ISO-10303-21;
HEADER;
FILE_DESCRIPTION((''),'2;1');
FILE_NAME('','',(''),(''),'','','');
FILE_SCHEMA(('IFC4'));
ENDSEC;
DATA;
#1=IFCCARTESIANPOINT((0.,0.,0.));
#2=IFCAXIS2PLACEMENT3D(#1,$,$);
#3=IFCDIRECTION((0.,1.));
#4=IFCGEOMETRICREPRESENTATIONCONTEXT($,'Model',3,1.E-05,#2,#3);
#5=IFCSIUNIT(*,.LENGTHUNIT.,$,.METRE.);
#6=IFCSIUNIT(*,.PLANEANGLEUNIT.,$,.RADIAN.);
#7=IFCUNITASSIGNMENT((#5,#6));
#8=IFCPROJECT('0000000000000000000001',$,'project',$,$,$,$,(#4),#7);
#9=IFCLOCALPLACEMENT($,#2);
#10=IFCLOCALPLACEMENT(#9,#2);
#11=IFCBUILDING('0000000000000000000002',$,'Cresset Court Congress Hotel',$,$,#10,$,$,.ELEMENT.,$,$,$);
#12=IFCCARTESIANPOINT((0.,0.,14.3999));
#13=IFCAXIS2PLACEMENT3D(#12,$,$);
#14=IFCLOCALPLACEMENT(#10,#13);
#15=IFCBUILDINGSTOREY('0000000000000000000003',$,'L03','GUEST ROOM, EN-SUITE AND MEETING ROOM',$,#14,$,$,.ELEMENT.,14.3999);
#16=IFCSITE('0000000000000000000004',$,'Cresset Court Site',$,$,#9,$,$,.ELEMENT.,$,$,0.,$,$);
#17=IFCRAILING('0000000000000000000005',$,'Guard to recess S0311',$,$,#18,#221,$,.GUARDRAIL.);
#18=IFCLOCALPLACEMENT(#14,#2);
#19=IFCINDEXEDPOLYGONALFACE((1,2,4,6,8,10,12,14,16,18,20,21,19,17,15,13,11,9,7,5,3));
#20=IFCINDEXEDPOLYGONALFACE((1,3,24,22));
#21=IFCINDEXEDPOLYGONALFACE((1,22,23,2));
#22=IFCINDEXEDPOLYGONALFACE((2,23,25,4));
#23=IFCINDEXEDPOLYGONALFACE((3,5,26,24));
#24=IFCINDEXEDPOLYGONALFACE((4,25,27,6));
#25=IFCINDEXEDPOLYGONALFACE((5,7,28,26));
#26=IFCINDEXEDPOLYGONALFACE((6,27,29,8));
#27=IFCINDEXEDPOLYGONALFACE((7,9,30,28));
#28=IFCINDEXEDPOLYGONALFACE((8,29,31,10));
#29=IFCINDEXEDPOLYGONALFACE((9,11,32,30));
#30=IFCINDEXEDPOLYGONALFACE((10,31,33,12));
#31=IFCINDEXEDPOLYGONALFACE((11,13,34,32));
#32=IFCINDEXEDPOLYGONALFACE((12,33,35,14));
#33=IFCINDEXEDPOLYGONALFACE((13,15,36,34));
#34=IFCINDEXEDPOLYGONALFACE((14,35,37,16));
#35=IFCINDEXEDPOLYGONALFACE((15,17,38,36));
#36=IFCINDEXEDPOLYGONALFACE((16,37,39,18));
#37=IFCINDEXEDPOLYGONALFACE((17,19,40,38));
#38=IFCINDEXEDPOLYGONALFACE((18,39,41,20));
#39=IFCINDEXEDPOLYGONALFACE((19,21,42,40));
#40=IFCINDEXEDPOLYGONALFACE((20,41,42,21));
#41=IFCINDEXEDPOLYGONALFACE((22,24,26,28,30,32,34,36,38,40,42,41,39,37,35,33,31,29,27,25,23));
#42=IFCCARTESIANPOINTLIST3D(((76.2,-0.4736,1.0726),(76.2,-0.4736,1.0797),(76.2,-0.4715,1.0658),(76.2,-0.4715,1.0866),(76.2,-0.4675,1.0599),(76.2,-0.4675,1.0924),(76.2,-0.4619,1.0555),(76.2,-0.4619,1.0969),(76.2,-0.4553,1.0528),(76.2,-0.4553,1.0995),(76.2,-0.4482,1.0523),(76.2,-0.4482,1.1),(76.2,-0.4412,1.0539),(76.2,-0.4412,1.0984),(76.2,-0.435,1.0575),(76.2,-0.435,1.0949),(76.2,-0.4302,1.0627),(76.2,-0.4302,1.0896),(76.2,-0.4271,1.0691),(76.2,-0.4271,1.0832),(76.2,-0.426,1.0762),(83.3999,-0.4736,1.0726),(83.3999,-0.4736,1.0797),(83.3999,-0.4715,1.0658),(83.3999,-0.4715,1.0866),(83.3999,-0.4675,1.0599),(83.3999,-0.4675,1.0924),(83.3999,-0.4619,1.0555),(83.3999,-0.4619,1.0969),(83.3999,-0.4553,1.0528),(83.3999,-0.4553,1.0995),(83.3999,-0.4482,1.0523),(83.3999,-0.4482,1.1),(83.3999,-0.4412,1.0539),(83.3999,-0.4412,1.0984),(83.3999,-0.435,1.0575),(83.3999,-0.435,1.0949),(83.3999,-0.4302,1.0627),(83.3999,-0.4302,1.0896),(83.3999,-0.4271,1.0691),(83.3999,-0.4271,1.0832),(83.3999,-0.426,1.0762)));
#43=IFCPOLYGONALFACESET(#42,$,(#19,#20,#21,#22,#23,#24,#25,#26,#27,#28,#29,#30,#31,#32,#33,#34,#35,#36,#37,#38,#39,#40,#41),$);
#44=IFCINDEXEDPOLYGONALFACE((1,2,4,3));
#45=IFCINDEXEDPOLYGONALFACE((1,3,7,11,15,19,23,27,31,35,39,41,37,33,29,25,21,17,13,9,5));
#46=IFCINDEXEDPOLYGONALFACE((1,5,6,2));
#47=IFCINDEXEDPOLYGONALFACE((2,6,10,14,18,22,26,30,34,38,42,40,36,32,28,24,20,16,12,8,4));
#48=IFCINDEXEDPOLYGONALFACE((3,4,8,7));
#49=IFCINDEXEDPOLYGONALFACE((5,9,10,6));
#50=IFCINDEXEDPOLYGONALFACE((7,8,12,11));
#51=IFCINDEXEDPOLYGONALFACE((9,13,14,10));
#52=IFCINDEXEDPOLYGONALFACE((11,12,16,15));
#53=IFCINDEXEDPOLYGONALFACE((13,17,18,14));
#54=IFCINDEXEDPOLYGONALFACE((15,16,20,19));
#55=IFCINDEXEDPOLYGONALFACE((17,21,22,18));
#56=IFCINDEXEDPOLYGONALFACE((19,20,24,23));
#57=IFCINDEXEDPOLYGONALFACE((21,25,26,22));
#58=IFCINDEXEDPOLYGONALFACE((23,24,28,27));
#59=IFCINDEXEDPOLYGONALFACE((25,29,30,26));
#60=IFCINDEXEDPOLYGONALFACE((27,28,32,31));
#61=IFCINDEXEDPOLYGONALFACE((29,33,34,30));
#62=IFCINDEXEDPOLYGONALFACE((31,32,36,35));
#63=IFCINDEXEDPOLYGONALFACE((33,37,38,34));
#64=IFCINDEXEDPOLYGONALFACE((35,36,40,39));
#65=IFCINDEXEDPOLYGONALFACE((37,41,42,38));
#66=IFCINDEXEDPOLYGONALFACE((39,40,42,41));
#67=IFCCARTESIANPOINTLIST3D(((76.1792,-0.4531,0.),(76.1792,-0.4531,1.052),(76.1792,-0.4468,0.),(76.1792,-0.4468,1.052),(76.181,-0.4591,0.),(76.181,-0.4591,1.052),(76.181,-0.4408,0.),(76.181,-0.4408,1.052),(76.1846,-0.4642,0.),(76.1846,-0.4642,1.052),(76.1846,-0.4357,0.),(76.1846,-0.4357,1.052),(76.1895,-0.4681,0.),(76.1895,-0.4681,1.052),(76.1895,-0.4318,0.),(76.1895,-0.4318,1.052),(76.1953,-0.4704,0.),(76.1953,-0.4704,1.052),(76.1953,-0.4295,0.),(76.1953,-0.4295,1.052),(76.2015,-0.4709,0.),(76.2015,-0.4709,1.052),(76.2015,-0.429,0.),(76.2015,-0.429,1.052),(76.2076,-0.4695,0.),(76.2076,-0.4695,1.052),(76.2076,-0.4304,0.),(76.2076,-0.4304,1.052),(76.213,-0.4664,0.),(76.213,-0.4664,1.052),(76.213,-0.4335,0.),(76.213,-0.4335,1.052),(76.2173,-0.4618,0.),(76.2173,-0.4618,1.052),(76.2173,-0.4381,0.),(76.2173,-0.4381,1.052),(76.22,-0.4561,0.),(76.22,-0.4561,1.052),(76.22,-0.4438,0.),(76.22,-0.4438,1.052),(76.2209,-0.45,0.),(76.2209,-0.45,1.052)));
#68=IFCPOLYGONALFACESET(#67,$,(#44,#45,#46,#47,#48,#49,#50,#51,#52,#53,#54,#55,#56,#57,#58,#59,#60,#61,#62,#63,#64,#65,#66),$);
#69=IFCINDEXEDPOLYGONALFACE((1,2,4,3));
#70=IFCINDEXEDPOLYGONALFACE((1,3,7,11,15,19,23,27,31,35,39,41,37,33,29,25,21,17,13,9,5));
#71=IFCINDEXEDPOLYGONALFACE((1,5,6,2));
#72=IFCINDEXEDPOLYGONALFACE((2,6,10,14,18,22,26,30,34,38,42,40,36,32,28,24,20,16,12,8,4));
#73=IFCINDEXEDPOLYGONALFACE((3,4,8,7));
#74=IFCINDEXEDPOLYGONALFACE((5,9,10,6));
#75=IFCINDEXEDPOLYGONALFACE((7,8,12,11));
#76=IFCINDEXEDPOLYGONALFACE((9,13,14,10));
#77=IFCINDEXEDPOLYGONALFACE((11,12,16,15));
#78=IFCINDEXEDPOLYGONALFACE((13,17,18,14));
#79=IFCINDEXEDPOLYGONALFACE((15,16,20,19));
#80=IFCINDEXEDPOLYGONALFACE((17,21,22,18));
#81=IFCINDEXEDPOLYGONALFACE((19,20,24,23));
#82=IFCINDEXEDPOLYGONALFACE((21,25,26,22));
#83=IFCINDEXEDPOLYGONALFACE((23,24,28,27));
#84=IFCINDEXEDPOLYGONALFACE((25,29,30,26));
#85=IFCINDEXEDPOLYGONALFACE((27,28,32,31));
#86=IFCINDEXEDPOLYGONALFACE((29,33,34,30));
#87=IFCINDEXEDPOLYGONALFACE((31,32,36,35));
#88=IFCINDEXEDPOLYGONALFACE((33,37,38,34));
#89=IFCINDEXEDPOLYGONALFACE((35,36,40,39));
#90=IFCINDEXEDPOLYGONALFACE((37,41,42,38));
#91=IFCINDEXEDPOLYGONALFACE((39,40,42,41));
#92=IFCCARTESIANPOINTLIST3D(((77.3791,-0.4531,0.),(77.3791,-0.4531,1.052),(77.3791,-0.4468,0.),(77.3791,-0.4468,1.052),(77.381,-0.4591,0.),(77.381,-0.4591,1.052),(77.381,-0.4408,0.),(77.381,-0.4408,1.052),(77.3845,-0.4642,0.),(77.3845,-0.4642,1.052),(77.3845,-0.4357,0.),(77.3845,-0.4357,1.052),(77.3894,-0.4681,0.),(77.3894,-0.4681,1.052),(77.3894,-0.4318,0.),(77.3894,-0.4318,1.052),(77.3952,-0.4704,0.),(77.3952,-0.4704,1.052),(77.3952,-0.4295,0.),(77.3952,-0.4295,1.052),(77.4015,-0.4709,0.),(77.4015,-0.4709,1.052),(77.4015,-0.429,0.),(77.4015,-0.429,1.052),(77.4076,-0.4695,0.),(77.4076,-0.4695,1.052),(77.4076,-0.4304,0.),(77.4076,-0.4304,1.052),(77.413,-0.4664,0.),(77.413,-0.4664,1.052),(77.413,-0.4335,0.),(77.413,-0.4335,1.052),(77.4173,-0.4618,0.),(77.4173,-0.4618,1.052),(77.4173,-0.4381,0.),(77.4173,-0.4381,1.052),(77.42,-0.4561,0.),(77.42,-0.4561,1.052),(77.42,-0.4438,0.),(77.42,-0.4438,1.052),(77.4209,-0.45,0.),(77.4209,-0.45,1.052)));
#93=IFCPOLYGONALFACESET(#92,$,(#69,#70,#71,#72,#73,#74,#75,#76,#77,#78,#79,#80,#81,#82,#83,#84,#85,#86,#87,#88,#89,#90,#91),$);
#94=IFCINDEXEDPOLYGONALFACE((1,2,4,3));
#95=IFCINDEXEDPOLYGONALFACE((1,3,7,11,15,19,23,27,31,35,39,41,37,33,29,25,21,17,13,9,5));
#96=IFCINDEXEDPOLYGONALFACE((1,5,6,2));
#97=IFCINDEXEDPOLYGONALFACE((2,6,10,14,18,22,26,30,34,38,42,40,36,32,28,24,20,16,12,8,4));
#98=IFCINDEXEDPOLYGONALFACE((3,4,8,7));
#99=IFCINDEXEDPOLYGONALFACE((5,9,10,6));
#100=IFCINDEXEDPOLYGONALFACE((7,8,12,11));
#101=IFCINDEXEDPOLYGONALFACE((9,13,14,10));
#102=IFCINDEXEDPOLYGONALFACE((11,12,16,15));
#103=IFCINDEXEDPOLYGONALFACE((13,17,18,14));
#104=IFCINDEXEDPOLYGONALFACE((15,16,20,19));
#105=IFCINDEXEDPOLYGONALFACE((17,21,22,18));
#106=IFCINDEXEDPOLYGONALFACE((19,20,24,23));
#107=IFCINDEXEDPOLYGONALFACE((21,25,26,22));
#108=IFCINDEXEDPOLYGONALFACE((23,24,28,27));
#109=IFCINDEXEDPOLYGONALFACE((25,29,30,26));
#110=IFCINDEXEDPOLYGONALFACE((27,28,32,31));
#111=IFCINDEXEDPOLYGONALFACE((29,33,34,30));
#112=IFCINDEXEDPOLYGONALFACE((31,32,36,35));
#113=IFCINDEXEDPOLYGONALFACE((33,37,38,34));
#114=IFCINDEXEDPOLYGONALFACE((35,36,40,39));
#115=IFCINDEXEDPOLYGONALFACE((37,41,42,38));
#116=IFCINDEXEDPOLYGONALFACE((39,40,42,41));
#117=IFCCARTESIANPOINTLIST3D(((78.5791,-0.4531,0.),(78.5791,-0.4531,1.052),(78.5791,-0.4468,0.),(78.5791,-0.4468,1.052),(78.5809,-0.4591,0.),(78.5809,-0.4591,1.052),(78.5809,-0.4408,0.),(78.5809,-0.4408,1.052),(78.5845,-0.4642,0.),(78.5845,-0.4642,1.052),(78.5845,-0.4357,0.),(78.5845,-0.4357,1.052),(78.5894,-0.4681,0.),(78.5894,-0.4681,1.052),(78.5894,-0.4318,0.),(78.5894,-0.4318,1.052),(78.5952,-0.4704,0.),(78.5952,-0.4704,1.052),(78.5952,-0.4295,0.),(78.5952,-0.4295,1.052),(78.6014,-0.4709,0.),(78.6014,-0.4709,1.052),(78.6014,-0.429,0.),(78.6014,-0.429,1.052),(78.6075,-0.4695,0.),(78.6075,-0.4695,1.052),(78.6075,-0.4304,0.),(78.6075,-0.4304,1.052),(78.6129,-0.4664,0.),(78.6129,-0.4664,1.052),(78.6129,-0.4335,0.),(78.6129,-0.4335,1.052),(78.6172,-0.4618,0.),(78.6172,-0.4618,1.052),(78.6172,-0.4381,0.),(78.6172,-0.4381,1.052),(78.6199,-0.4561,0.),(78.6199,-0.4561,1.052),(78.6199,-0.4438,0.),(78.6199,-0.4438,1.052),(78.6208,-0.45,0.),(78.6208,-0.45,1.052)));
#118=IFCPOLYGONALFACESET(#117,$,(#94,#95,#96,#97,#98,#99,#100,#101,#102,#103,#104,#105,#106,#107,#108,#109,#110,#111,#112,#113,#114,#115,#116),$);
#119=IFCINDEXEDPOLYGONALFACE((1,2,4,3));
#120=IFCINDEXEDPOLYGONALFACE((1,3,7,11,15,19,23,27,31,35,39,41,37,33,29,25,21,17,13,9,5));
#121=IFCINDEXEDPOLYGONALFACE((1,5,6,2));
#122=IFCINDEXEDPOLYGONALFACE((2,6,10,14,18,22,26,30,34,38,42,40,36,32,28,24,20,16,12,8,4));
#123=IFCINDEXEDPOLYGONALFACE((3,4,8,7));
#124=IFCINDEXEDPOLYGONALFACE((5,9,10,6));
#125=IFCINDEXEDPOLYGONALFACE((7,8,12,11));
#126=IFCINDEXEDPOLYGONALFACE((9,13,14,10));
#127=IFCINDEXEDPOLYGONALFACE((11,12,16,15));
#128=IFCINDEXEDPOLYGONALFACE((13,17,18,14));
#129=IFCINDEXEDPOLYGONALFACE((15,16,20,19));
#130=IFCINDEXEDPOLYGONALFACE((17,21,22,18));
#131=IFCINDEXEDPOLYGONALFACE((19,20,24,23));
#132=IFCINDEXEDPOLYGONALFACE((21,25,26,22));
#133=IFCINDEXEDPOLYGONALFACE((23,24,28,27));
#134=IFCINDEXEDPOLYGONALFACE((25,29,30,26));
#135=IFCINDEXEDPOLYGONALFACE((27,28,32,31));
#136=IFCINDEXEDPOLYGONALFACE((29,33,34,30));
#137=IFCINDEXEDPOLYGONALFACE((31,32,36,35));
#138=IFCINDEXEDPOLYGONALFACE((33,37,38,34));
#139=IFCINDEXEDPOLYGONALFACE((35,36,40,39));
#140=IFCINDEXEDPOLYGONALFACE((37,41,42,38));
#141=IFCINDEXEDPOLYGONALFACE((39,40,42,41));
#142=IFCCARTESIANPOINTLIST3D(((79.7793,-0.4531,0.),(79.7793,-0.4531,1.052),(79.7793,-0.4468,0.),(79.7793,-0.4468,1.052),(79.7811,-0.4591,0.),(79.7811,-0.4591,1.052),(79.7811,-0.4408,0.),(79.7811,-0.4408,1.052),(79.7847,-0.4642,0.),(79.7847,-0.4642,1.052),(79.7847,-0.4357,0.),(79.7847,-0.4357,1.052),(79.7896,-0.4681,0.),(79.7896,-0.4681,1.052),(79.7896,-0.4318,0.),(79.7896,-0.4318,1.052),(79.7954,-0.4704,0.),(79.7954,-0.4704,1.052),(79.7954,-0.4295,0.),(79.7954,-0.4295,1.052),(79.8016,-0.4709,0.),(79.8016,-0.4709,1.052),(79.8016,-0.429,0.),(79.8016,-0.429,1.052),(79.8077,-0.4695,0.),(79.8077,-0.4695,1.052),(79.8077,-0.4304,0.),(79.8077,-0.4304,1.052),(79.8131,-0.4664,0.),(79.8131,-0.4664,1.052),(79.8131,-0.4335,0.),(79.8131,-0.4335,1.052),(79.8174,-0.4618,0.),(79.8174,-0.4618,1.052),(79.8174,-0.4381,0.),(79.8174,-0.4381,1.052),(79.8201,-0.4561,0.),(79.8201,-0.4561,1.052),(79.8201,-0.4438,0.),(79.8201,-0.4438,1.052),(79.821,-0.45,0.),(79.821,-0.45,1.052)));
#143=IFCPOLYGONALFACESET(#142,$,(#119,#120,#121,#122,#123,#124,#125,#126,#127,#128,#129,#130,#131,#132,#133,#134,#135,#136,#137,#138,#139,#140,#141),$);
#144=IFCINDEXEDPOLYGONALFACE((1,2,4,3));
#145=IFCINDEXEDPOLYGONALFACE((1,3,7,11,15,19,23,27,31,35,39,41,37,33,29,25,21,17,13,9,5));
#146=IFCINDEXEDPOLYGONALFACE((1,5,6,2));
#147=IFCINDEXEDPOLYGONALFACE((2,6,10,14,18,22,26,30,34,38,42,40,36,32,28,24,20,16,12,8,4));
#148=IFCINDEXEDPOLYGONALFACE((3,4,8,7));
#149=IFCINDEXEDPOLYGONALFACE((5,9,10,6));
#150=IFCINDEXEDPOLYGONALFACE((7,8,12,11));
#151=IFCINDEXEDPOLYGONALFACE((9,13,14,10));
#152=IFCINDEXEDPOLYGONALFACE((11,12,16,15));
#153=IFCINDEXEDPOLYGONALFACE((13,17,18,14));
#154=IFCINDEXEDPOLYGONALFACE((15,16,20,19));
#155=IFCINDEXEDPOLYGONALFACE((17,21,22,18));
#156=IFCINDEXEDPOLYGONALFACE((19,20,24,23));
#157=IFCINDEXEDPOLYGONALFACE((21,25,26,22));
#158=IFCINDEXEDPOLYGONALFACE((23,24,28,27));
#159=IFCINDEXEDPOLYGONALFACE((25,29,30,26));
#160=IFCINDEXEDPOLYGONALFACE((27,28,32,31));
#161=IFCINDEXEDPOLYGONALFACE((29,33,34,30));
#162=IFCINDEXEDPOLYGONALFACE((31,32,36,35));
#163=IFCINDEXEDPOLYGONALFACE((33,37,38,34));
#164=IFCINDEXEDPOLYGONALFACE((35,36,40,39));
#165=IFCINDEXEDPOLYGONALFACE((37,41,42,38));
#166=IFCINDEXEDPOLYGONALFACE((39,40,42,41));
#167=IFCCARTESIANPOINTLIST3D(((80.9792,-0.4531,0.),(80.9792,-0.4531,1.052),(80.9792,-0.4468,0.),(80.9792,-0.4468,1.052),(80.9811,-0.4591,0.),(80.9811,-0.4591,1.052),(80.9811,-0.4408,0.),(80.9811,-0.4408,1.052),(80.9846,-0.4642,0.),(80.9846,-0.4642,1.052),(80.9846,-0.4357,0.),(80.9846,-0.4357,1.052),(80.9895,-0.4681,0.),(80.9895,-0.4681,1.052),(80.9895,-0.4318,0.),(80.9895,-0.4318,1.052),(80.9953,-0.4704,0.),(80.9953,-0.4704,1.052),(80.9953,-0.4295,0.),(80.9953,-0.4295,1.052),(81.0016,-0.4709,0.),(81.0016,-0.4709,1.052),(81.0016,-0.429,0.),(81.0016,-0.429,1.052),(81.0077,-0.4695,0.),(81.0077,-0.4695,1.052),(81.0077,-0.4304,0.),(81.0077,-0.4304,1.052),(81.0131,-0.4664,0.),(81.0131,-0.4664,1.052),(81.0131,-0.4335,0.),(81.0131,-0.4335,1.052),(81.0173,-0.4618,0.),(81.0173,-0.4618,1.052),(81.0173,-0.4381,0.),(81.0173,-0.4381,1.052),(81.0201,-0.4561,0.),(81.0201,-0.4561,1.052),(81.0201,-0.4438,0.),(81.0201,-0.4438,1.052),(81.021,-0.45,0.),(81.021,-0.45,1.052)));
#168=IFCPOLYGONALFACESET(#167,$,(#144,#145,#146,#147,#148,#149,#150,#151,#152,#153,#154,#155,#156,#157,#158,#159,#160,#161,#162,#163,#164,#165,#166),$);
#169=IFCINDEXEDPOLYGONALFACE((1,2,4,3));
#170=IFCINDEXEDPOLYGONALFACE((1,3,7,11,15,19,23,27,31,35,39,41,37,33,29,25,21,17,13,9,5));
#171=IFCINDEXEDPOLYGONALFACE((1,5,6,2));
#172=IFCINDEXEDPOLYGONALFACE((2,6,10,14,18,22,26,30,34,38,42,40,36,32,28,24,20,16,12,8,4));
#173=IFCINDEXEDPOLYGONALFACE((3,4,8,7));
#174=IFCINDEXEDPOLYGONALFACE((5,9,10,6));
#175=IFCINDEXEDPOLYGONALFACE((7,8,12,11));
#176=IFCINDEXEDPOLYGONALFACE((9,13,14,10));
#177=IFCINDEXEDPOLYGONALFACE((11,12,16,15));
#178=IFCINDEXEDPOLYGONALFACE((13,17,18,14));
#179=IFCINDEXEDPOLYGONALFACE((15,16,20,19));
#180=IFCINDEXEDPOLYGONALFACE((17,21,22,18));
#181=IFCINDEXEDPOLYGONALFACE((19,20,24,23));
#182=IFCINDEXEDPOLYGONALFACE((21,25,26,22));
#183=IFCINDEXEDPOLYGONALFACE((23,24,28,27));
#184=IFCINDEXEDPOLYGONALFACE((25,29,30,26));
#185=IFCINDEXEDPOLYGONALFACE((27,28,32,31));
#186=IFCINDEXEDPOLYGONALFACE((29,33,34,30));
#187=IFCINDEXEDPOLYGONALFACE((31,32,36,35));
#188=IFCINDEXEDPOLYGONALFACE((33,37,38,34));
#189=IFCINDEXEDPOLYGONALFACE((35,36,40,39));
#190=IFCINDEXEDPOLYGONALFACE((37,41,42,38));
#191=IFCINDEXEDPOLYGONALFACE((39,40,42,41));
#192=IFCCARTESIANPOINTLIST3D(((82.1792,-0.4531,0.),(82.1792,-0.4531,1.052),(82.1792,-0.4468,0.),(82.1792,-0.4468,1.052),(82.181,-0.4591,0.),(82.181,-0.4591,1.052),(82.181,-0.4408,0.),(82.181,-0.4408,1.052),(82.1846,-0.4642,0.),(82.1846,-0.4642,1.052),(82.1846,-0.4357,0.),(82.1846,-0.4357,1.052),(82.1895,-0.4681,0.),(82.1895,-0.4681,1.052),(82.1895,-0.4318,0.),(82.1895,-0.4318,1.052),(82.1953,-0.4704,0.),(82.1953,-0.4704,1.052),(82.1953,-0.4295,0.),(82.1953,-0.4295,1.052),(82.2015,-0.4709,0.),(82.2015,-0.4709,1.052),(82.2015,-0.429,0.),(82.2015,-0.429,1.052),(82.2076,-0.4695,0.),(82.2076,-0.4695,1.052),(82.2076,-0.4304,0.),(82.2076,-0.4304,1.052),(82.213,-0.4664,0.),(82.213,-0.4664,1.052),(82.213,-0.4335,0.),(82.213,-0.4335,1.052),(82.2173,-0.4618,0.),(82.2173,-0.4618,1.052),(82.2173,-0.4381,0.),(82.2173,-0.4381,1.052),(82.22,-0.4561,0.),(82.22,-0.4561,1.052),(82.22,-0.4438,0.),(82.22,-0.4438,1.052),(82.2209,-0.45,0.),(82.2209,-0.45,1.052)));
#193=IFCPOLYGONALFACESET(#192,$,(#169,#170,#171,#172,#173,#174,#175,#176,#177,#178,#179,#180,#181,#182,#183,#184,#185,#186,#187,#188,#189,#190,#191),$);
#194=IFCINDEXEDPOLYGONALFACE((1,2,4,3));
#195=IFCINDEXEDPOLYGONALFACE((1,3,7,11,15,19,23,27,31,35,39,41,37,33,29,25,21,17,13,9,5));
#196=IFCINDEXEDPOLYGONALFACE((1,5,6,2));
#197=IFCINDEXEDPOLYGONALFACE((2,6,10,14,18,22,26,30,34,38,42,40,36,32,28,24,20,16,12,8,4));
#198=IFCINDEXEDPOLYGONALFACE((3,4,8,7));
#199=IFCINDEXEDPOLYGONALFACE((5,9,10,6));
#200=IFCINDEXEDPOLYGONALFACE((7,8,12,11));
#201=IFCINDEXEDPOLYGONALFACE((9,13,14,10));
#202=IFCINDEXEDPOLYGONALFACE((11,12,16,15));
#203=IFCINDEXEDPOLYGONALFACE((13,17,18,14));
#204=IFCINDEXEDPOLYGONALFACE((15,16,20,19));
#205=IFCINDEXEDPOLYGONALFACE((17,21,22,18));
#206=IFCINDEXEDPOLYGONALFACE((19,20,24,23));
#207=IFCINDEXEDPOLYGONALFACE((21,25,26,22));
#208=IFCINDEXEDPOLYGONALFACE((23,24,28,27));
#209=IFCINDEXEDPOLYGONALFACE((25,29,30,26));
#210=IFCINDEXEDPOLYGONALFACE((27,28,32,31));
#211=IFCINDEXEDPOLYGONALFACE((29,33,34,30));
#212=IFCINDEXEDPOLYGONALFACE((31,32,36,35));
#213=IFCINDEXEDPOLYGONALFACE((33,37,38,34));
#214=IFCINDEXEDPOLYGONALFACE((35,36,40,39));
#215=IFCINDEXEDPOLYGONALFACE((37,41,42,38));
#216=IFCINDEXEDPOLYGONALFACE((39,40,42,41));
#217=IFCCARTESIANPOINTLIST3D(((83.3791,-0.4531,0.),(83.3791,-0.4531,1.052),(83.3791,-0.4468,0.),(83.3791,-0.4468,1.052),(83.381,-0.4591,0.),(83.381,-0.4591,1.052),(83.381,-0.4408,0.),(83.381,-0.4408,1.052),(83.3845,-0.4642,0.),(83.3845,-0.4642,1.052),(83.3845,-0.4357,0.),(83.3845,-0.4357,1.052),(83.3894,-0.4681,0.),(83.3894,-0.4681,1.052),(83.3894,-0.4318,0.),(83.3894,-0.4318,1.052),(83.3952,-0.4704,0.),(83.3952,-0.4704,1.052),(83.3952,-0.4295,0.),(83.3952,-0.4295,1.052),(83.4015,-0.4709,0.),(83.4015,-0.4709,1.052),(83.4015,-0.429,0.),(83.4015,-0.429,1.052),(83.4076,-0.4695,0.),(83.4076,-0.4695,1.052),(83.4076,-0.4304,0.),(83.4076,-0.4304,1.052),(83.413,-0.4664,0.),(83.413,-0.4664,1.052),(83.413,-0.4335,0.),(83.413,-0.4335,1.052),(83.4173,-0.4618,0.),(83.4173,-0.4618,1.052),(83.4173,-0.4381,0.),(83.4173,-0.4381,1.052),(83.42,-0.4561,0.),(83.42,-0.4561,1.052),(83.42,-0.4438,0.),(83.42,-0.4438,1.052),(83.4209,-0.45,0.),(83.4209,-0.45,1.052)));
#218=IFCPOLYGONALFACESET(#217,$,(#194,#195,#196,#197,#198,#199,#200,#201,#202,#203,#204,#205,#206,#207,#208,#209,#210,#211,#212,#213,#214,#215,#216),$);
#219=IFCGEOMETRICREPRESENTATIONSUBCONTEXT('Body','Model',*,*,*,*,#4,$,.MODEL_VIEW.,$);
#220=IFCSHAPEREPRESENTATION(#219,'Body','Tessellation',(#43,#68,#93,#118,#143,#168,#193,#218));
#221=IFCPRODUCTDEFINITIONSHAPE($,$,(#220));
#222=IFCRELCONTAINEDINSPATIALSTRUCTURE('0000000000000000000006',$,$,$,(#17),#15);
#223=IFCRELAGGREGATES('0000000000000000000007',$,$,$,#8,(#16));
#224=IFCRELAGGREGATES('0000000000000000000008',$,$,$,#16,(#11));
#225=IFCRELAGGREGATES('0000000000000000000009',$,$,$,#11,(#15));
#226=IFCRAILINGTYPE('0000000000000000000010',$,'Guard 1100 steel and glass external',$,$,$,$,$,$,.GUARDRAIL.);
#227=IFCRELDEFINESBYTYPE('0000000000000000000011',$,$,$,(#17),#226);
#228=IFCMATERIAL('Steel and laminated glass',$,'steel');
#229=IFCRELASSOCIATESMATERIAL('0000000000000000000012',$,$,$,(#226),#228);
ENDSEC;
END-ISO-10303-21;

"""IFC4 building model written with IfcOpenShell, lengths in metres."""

from ifc_helpers import new_model, si_unit, direction, frame, origin, origin_2d, place, context, subcontext, project, spatial, circle, extrude, material, type_object, element, save


model = new_model("IFC4")

# Units and contexts
model_context = context("Model", 3, precision=1e-05, world=origin(), true_north=direction((0.0, 1.0)))
body_context = subcontext(model_context, "Body", "Model", "MODEL_VIEW")
ifc_project = project(units=[si_unit("LENGTHUNIT", "METRE"), si_unit("PLANEANGLEUNIT", "RADIAN")], contexts=[model_context])

# Site, building, storey
site_placement = place(None, origin())
site = spatial("IfcSite", under=ifc_project, at=site_placement, Name="Cresset Court Site", CompositionType="ELEMENT", RefElevation=0.0)
building_placement = place(site_placement, origin())
building = spatial("IfcBuilding", under=site, at=building_placement, Name="Cresset Court Congress Hotel", CompositionType="ELEMENT")
storey_placement = place(building_placement, frame((0.0, 0.0, 14.3999)))
storey = spatial("IfcBuildingStorey", under=building, at=storey_placement, Name="L03", Description="GUEST ROOM, EN-SUITE AND MEETING ROOM", CompositionType="ELEMENT", Elevation=14.3999)

# Railing
ifc_material_1 = material(Name="Steel and laminated glass", Category="steel")
railing_type = type_object("IfcRailingType", Name="Guard 1100 steel and glass external", PredefinedType="GUARDRAIL", material=ifc_material_1)
railing_placement = place(storey_placement, frame((76.2, -0.45, 0.0)))
element("IfcRailing", 1, at=railing_placement, inside=storey, type_object=railing_type, Name="Guard to recess S0311", PredefinedType="GUARDRAIL", context=body_context, shape_type="SweptSolid", body=[
    extrude(circle(Radius=0.0239, at=origin_2d()), frame((0.0, 0.0, 1.0762), z_axis=(1.0, 0.0, 0.0), x_axis=(0.0, 1.0, 0.0)), (0.0, 0.0, 1.0), 7.2),
    extrude(circle(Radius=0.021, at=origin_2d()), origin(), (0.0, 0.0, 1.0), 1.052),
    extrude(circle(Radius=0.021, at=origin_2d()), frame((1.2, 0.0, 0.0)), (0.0, 0.0, 1.0), 1.052),
    extrude(circle(Radius=0.021, at=origin_2d()), frame((2.3999, 0.0, 0.0)), (0.0, 0.0, 1.0), 1.052),
    extrude(circle(Radius=0.021, at=origin_2d()), frame((3.6001, 0.0, 0.0)), (0.0, 0.0, 1.0), 1.052),
    extrude(circle(Radius=0.021, at=origin_2d()), frame((4.8, 0.0, 0.0)), (0.0, 0.0, 1.0), 1.052),
    extrude(circle(Radius=0.021, at=origin_2d()), frame((6.0, 0.0, 0.0)), (0.0, 0.0, 1.0), 1.052),
    extrude(circle(Radius=0.021, at=origin_2d()), frame((7.2, 0.0, 0.0)), (0.0, 0.0, 1.0), 1.052),
])

save(model, "model.ifc")
